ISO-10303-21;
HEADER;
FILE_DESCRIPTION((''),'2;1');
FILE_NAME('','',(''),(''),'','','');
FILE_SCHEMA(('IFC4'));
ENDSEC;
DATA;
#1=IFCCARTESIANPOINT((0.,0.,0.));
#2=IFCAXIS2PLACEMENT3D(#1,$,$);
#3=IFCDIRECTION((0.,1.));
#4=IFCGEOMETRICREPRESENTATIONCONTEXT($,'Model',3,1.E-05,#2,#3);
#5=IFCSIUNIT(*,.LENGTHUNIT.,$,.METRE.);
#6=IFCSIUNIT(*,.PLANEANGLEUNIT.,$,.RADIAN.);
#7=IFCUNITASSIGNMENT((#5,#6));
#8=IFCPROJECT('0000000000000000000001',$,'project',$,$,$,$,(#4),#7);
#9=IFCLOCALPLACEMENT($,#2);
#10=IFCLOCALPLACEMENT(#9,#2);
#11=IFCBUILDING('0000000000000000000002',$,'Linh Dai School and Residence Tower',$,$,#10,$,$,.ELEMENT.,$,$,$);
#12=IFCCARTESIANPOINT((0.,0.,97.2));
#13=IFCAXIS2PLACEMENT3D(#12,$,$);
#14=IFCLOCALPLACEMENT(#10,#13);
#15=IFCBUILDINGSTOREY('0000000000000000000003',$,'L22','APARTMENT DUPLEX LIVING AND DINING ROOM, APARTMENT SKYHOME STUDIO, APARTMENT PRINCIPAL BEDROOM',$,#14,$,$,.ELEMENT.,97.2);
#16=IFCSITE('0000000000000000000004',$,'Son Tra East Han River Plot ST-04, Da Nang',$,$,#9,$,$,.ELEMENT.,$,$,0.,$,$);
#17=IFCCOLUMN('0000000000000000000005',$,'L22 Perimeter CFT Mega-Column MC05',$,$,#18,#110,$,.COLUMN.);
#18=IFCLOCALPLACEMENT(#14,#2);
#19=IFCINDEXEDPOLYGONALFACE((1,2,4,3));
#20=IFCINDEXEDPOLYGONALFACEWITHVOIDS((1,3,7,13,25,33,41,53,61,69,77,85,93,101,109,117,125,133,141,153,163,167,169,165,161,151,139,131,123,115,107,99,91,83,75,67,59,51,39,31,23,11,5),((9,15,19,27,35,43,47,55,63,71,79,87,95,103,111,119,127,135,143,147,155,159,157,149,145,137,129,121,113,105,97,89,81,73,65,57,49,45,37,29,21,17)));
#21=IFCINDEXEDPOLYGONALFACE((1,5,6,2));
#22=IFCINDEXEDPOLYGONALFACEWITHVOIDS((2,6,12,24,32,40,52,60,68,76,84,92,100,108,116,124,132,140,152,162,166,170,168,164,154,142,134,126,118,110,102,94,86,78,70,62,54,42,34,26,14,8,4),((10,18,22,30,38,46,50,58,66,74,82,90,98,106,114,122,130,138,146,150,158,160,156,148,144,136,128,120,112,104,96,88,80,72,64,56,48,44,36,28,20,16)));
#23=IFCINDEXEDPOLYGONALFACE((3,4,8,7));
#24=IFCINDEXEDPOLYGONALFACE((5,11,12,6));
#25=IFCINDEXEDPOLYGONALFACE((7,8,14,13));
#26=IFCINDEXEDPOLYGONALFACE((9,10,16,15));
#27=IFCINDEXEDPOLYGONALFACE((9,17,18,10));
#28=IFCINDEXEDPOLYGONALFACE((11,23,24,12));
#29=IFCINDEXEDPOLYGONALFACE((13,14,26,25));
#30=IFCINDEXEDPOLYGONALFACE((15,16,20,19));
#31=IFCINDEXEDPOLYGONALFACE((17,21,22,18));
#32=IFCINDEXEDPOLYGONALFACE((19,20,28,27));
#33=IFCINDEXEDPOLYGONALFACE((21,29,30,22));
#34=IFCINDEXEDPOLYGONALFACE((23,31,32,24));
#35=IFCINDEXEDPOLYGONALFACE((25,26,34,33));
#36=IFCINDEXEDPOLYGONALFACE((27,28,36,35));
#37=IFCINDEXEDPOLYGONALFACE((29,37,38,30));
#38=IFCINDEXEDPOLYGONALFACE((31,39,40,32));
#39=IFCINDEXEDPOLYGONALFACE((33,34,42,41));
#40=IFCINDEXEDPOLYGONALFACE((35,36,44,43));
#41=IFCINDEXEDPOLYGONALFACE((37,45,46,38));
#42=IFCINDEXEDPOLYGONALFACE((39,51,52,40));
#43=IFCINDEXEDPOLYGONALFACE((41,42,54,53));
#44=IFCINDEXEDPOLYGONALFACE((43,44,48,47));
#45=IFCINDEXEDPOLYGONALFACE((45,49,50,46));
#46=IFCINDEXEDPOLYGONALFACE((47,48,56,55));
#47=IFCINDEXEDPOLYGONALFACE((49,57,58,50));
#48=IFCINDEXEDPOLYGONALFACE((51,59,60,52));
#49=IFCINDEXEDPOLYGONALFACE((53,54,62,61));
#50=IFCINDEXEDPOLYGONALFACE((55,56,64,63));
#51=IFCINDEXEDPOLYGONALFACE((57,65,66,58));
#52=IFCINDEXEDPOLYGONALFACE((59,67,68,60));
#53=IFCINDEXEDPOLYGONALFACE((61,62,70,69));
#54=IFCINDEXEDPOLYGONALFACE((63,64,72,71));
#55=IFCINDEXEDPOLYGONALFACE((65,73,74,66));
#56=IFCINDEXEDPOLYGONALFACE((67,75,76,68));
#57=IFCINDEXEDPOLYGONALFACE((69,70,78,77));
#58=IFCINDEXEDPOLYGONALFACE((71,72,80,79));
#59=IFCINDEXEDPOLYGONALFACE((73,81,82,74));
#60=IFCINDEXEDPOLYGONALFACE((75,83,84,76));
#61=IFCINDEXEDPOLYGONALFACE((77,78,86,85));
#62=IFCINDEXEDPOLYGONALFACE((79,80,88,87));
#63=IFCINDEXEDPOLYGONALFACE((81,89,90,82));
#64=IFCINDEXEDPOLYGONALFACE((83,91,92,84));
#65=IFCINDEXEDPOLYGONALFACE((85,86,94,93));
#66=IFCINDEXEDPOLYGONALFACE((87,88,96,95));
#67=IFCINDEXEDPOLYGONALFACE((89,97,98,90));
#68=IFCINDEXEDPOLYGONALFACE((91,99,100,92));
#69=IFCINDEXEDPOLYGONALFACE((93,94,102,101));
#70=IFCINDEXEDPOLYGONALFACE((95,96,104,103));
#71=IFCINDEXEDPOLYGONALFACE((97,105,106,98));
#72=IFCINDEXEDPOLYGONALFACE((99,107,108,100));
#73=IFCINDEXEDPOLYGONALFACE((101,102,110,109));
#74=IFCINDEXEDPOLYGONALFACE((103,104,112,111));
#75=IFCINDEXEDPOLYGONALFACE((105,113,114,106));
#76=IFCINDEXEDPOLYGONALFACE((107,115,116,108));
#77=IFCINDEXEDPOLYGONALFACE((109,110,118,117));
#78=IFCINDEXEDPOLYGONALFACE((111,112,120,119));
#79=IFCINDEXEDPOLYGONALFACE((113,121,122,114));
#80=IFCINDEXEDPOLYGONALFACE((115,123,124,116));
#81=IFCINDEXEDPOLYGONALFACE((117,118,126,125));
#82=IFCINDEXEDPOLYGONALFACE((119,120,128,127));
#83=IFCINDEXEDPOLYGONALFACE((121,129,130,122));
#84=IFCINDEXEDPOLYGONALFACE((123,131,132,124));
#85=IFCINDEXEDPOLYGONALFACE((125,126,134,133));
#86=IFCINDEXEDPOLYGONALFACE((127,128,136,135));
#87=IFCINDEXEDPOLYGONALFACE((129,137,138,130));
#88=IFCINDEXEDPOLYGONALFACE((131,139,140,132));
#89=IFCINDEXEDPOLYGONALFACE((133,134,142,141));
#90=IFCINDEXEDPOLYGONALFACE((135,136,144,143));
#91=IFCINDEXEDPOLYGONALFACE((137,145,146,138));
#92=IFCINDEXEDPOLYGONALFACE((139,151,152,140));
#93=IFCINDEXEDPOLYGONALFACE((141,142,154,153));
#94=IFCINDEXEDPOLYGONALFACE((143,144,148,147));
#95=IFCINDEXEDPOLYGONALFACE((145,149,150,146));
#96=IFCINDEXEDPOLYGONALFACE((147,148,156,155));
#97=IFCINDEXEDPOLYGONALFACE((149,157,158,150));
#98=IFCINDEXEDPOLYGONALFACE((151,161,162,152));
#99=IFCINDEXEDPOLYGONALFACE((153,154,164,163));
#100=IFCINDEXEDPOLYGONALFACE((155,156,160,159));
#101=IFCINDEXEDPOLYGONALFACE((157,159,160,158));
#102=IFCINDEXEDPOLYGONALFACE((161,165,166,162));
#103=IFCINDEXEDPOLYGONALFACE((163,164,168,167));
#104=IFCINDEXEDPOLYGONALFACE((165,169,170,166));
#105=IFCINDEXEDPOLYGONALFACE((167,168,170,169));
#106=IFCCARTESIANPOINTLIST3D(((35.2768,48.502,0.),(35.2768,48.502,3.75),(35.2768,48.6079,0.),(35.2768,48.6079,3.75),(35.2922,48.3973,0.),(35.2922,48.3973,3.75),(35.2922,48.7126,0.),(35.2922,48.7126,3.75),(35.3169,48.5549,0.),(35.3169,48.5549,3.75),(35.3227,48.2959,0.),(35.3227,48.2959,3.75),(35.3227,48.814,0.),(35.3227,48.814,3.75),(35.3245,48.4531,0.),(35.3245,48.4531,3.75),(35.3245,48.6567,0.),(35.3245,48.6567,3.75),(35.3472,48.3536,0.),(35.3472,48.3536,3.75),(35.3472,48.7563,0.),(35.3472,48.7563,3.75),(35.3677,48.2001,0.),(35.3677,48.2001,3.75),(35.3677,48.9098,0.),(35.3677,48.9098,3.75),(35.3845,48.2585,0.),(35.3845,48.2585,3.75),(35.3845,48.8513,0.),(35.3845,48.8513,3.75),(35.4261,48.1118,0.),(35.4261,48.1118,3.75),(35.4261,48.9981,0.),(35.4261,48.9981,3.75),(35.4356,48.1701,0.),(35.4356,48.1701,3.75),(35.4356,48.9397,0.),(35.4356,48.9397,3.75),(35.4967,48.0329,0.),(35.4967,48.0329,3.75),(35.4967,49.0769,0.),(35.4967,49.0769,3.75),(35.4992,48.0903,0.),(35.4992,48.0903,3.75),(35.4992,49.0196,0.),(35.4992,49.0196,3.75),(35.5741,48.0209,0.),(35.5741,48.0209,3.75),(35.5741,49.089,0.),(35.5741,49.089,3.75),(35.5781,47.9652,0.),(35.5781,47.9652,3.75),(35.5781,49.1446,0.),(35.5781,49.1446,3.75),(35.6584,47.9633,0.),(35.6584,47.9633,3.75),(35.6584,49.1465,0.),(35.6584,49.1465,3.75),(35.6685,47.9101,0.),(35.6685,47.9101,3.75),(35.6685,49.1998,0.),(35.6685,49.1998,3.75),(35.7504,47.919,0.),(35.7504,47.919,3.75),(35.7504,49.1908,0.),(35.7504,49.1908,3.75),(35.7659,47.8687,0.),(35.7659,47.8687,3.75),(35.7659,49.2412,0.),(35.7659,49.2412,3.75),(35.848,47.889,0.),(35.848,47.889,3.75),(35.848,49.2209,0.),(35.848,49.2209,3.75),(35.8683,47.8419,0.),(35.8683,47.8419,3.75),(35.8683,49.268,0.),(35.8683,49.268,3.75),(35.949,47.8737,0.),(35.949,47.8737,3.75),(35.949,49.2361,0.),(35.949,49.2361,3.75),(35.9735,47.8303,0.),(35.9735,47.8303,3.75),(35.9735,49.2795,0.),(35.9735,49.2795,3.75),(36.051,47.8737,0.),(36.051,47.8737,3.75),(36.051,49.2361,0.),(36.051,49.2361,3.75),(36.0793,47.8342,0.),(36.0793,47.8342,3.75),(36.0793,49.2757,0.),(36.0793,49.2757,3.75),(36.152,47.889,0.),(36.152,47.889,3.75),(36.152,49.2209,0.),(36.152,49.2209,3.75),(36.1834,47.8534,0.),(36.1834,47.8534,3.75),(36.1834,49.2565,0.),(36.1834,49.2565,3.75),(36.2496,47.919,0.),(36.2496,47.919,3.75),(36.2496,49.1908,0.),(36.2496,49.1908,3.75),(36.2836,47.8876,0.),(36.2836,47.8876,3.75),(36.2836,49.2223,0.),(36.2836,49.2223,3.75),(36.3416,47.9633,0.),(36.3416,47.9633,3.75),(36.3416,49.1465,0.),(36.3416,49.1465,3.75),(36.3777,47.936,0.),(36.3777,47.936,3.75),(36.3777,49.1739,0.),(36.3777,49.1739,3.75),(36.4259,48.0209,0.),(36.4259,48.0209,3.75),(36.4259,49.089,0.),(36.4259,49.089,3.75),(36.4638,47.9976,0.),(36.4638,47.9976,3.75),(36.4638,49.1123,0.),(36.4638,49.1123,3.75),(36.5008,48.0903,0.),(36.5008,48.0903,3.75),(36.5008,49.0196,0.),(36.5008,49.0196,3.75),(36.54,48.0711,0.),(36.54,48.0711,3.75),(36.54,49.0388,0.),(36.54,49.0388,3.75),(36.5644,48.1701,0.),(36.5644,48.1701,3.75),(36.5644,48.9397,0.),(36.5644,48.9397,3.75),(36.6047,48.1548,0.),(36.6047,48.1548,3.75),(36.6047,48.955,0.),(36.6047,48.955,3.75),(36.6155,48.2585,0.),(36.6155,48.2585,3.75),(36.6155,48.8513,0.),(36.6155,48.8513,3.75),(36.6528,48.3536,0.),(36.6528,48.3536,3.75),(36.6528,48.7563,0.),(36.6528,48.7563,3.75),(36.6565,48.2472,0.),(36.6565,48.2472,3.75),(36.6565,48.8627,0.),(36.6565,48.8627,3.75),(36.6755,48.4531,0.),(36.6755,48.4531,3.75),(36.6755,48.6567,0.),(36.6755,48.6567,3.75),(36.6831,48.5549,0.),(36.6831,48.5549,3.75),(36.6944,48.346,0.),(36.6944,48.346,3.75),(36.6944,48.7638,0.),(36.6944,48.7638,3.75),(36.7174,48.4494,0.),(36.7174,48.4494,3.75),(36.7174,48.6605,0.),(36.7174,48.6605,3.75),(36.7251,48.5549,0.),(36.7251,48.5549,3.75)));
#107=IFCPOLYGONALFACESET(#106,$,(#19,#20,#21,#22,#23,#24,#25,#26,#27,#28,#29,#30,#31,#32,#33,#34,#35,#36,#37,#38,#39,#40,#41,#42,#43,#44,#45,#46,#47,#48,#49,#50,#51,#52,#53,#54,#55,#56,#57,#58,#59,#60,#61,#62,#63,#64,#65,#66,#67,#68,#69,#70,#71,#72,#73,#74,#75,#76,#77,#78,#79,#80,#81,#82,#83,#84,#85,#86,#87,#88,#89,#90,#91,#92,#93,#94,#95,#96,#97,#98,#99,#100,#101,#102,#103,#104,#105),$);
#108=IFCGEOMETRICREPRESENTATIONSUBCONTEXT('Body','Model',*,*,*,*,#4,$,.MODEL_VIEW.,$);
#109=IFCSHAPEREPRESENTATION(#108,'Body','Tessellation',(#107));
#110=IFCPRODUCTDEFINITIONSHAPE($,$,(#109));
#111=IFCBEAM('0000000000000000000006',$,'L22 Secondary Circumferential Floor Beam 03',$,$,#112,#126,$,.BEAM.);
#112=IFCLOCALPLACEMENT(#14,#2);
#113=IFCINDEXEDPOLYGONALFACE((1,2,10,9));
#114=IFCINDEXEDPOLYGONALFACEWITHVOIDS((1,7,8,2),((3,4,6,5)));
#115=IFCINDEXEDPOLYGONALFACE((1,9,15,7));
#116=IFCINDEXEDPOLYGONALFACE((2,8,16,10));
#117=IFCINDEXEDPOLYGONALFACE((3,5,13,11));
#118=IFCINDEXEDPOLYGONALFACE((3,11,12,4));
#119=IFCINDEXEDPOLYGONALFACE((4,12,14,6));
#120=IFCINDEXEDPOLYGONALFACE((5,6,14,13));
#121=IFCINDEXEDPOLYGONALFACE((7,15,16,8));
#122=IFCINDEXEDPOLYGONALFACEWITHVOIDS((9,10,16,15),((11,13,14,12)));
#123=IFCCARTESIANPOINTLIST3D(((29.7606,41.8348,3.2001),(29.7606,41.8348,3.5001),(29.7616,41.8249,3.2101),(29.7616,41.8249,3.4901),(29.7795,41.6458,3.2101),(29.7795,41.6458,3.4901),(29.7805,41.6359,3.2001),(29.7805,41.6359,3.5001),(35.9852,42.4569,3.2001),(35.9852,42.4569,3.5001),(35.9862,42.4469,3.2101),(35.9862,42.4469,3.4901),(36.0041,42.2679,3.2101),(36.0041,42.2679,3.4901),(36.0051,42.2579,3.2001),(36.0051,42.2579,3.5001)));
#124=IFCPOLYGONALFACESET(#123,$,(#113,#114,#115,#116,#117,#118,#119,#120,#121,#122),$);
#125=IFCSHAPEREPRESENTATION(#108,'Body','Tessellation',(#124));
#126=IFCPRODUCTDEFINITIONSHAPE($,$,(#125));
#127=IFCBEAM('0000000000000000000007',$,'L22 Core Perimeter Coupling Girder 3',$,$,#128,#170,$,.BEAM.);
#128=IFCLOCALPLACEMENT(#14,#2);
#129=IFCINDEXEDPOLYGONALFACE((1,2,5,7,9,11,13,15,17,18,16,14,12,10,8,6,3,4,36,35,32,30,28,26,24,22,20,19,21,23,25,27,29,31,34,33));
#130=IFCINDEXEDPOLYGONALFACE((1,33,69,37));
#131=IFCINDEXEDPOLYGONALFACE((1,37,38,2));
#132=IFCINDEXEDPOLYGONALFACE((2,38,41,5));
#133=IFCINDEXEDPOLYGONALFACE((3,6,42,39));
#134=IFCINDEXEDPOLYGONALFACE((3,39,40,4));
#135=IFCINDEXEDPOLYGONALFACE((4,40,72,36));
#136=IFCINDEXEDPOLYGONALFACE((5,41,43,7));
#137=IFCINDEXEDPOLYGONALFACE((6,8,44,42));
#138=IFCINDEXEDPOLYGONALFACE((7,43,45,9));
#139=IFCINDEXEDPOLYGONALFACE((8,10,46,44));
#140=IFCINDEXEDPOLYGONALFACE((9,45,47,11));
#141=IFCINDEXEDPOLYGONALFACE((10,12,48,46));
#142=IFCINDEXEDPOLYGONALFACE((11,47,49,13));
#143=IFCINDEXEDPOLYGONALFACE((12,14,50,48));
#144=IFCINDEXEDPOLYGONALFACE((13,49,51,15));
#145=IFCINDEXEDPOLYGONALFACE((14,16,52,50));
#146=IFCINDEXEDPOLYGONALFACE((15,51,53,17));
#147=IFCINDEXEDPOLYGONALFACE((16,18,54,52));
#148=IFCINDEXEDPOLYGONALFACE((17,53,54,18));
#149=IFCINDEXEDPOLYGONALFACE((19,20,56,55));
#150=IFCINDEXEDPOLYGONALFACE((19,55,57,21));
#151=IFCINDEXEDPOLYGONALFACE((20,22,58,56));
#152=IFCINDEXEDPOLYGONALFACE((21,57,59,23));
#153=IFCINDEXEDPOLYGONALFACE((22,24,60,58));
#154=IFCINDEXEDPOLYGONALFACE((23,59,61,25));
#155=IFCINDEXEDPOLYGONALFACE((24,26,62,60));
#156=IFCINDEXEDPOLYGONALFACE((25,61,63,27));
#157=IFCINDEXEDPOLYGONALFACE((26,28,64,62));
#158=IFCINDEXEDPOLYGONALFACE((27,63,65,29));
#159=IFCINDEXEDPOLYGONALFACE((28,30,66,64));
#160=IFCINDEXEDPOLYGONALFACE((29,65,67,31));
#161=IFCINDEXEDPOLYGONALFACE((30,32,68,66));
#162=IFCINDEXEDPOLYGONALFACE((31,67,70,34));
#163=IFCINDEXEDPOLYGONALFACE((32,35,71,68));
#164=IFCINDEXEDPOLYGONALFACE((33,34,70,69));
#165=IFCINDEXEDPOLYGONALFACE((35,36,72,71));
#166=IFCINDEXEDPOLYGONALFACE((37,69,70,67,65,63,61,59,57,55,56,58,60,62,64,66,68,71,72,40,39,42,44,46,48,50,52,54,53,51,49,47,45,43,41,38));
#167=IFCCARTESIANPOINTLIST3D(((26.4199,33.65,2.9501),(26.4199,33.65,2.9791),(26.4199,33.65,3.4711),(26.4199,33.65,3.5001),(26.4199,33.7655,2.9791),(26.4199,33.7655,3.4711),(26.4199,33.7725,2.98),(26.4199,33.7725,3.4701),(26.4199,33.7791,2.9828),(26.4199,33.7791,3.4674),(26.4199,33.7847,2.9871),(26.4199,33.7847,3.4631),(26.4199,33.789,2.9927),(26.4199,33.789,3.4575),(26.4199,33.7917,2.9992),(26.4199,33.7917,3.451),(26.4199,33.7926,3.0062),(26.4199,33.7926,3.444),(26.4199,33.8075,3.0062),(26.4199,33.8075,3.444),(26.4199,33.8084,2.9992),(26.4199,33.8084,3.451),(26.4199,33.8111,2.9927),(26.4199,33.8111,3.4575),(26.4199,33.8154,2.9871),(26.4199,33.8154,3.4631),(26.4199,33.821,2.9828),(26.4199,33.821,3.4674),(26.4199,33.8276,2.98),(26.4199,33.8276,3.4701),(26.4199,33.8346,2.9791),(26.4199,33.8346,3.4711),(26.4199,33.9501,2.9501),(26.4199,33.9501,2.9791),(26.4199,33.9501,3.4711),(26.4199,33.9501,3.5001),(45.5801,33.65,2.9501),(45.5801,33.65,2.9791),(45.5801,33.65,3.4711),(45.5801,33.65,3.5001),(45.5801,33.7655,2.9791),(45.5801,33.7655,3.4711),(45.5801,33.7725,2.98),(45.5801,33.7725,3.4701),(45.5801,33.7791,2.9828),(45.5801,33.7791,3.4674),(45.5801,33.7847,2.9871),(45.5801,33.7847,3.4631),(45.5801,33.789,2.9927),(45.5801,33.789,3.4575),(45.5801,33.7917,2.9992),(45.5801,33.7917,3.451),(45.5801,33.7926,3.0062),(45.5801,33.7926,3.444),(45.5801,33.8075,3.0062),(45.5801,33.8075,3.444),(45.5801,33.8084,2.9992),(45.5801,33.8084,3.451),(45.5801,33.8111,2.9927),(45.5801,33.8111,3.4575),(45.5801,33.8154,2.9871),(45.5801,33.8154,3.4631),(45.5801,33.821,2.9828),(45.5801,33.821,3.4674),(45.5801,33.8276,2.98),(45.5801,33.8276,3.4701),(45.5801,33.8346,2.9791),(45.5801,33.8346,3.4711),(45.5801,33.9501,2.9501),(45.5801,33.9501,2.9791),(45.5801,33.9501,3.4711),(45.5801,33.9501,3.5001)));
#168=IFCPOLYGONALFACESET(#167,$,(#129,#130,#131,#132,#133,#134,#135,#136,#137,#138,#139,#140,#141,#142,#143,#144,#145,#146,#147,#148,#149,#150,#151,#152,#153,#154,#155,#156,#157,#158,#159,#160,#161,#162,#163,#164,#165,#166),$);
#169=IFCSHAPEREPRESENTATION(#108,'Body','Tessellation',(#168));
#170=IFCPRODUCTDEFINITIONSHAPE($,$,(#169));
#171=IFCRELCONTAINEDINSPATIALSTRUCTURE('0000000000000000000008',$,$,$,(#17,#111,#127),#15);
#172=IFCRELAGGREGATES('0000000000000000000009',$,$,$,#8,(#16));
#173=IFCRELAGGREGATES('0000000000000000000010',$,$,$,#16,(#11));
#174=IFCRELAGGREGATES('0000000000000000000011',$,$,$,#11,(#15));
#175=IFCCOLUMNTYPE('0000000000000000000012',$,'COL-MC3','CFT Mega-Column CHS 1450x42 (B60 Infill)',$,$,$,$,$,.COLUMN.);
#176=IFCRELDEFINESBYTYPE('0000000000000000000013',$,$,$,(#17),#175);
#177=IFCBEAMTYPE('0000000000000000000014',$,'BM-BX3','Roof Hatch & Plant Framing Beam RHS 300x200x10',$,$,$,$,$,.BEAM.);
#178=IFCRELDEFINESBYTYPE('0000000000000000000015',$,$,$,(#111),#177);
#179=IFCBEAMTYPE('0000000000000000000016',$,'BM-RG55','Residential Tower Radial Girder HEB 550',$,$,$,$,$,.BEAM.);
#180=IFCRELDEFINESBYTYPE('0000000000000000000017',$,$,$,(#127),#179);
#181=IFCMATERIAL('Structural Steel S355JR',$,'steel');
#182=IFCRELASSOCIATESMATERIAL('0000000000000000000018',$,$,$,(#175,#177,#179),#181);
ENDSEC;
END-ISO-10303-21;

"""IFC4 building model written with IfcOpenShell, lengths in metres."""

from ifc_helpers import new_model, si_unit, direction, frame, origin, origin_2d, place, context, subcontext, project, spatial, hollow_rectangle, hollow_circle, i_section, extrude, material, material_profile, profile_set, type_object, element, save


model = new_model("IFC4")

# Units and contexts
model_context = context("Model", 3, precision=1e-05, world=origin(), true_north=direction((0.0, 1.0)))
body_context = subcontext(model_context, "Body", "Model", "MODEL_VIEW")
ifc_project = project(units=[si_unit("LENGTHUNIT", "METRE"), si_unit("PLANEANGLEUNIT", "RADIAN")], contexts=[model_context])

# Site, building, storey
site_placement = place(None, origin())
site = spatial("IfcSite", under=ifc_project, at=site_placement, Name="Son Tra East Han River Plot ST-04, Da Nang", CompositionType="ELEMENT", RefElevation=0.0)
building_placement = place(site_placement, origin())
building = spatial("IfcBuilding", under=site, at=building_placement, Name="Linh Dai School and Residence Tower", CompositionType="ELEMENT")
storey_placement = place(building_placement, frame((0.0, 0.0, 97.2)))
storey = spatial("IfcBuildingStorey", under=building, at=storey_placement, Name="L22", Description="APARTMENT DUPLEX LIVING AND DINING ROOM, APARTMENT SKYHOME STUDIO, APARTMENT PRINCIPAL BEDROOM", CompositionType="ELEMENT", Elevation=97.2)

# Column
ifc_material_1 = material(Name="Structural Steel S355JR", Category="steel")
ifc_material_profile_1 = material_profile(ifc_material_1, hollow_circle(Radius=0.7251, WallThickness=0.042, at=origin_2d()), Name="CHS 1450x42")
ifc_profile_set_1 = profile_set([ifc_material_profile_1], Name="Structural Steel S355JR")
column_type = type_object("IfcColumnType", Name="COL-MC3", Description="CFT Mega-Column CHS 1450x42 (B60 Infill)", PredefinedType="COLUMN", material=ifc_profile_set_1)
column_placement = place(storey_placement, frame((36.0, 48.5549, 0.0), z_axis=(0.0, 0.0, 1.0), x_axis=(1.0, 0.0, 0.0)))
element("IfcColumn", 1, at=column_placement, inside=storey, type_object=column_type, Name="L22 Perimeter CFT Mega-Column MC05", PredefinedType="COLUMN", context=body_context, shape_type="SweptSolid", body=[
    extrude(hollow_circle(Radius=0.7251, WallThickness=0.042, at=origin_2d()), origin(), (0.0, 0.0, 1.0), 3.75),
])

# Beams
ifc_material_profile_2 = material_profile(ifc_material_1, hollow_rectangle(XDim=0.2, YDim=0.3, WallThickness=0.01, at=origin_2d()), Name="RHS 300x200x10")
ifc_profile_set_2 = profile_set([ifc_material_profile_2], Name="Structural Steel S355JR")
beam_type_1 = type_object("IfcBeamType", Name="BM-BX3", Description="Roof Hatch & Plant Framing Beam RHS 300x200x10", PredefinedType="BEAM", material=ifc_profile_set_2)
beam_1_placement = place(storey_placement, frame((35.9951, 42.3574, 3.3501), z_axis=(-0.995043, -0.099442, 0.0), x_axis=(0.099442, -0.995043, 0.0)))
element("IfcBeam", 2, at=beam_1_placement, inside=storey, type_object=beam_type_1, Name="L22 Secondary Circumferential Floor Beam 03", PredefinedType="BEAM", context=body_context, shape_type="SweptSolid", body=[
    extrude(hollow_rectangle(XDim=0.2, YDim=0.3, WallThickness=0.01, at=origin_2d()), origin(), (0.0, 0.0, 1.0), 6.2556),
])
ifc_material_profile_3 = material_profile(ifc_material_1, i_section(OverallWidth=0.3, OverallDepth=0.55, WebThickness=0.0149, FlangeThickness=0.0291, FilletRadius=0.0271, at=origin_2d()), Name="HEB 550")
ifc_profile_set_3 = profile_set([ifc_material_profile_3], Name="Structural Steel S355JR")
beam_type_2 = type_object("IfcBeamType", Name="BM-RG55", Description="Residential Tower Radial Girder HEB 550", PredefinedType="BEAM", material=ifc_profile_set_3)
beam_2_placement = place(storey_placement, frame((45.5801, 33.8, 3.2251), z_axis=(-1.0, 0.0, 0.0), x_axis=(0.0, -1.0, 0.0)))
element("IfcBeam", 3, at=beam_2_placement, inside=storey, type_object=beam_type_2, Name="L22 Core Perimeter Coupling Girder 3", PredefinedType="BEAM", context=body_context, shape_type="SweptSolid", body=[
    extrude(i_section(OverallWidth=0.3, OverallDepth=0.55, WebThickness=0.0149, FlangeThickness=0.0291, FilletRadius=0.0271, at=origin_2d()), origin(), (0.0, 0.0, 1.0), 19.1602),
])

save(model, "model.ifc")
